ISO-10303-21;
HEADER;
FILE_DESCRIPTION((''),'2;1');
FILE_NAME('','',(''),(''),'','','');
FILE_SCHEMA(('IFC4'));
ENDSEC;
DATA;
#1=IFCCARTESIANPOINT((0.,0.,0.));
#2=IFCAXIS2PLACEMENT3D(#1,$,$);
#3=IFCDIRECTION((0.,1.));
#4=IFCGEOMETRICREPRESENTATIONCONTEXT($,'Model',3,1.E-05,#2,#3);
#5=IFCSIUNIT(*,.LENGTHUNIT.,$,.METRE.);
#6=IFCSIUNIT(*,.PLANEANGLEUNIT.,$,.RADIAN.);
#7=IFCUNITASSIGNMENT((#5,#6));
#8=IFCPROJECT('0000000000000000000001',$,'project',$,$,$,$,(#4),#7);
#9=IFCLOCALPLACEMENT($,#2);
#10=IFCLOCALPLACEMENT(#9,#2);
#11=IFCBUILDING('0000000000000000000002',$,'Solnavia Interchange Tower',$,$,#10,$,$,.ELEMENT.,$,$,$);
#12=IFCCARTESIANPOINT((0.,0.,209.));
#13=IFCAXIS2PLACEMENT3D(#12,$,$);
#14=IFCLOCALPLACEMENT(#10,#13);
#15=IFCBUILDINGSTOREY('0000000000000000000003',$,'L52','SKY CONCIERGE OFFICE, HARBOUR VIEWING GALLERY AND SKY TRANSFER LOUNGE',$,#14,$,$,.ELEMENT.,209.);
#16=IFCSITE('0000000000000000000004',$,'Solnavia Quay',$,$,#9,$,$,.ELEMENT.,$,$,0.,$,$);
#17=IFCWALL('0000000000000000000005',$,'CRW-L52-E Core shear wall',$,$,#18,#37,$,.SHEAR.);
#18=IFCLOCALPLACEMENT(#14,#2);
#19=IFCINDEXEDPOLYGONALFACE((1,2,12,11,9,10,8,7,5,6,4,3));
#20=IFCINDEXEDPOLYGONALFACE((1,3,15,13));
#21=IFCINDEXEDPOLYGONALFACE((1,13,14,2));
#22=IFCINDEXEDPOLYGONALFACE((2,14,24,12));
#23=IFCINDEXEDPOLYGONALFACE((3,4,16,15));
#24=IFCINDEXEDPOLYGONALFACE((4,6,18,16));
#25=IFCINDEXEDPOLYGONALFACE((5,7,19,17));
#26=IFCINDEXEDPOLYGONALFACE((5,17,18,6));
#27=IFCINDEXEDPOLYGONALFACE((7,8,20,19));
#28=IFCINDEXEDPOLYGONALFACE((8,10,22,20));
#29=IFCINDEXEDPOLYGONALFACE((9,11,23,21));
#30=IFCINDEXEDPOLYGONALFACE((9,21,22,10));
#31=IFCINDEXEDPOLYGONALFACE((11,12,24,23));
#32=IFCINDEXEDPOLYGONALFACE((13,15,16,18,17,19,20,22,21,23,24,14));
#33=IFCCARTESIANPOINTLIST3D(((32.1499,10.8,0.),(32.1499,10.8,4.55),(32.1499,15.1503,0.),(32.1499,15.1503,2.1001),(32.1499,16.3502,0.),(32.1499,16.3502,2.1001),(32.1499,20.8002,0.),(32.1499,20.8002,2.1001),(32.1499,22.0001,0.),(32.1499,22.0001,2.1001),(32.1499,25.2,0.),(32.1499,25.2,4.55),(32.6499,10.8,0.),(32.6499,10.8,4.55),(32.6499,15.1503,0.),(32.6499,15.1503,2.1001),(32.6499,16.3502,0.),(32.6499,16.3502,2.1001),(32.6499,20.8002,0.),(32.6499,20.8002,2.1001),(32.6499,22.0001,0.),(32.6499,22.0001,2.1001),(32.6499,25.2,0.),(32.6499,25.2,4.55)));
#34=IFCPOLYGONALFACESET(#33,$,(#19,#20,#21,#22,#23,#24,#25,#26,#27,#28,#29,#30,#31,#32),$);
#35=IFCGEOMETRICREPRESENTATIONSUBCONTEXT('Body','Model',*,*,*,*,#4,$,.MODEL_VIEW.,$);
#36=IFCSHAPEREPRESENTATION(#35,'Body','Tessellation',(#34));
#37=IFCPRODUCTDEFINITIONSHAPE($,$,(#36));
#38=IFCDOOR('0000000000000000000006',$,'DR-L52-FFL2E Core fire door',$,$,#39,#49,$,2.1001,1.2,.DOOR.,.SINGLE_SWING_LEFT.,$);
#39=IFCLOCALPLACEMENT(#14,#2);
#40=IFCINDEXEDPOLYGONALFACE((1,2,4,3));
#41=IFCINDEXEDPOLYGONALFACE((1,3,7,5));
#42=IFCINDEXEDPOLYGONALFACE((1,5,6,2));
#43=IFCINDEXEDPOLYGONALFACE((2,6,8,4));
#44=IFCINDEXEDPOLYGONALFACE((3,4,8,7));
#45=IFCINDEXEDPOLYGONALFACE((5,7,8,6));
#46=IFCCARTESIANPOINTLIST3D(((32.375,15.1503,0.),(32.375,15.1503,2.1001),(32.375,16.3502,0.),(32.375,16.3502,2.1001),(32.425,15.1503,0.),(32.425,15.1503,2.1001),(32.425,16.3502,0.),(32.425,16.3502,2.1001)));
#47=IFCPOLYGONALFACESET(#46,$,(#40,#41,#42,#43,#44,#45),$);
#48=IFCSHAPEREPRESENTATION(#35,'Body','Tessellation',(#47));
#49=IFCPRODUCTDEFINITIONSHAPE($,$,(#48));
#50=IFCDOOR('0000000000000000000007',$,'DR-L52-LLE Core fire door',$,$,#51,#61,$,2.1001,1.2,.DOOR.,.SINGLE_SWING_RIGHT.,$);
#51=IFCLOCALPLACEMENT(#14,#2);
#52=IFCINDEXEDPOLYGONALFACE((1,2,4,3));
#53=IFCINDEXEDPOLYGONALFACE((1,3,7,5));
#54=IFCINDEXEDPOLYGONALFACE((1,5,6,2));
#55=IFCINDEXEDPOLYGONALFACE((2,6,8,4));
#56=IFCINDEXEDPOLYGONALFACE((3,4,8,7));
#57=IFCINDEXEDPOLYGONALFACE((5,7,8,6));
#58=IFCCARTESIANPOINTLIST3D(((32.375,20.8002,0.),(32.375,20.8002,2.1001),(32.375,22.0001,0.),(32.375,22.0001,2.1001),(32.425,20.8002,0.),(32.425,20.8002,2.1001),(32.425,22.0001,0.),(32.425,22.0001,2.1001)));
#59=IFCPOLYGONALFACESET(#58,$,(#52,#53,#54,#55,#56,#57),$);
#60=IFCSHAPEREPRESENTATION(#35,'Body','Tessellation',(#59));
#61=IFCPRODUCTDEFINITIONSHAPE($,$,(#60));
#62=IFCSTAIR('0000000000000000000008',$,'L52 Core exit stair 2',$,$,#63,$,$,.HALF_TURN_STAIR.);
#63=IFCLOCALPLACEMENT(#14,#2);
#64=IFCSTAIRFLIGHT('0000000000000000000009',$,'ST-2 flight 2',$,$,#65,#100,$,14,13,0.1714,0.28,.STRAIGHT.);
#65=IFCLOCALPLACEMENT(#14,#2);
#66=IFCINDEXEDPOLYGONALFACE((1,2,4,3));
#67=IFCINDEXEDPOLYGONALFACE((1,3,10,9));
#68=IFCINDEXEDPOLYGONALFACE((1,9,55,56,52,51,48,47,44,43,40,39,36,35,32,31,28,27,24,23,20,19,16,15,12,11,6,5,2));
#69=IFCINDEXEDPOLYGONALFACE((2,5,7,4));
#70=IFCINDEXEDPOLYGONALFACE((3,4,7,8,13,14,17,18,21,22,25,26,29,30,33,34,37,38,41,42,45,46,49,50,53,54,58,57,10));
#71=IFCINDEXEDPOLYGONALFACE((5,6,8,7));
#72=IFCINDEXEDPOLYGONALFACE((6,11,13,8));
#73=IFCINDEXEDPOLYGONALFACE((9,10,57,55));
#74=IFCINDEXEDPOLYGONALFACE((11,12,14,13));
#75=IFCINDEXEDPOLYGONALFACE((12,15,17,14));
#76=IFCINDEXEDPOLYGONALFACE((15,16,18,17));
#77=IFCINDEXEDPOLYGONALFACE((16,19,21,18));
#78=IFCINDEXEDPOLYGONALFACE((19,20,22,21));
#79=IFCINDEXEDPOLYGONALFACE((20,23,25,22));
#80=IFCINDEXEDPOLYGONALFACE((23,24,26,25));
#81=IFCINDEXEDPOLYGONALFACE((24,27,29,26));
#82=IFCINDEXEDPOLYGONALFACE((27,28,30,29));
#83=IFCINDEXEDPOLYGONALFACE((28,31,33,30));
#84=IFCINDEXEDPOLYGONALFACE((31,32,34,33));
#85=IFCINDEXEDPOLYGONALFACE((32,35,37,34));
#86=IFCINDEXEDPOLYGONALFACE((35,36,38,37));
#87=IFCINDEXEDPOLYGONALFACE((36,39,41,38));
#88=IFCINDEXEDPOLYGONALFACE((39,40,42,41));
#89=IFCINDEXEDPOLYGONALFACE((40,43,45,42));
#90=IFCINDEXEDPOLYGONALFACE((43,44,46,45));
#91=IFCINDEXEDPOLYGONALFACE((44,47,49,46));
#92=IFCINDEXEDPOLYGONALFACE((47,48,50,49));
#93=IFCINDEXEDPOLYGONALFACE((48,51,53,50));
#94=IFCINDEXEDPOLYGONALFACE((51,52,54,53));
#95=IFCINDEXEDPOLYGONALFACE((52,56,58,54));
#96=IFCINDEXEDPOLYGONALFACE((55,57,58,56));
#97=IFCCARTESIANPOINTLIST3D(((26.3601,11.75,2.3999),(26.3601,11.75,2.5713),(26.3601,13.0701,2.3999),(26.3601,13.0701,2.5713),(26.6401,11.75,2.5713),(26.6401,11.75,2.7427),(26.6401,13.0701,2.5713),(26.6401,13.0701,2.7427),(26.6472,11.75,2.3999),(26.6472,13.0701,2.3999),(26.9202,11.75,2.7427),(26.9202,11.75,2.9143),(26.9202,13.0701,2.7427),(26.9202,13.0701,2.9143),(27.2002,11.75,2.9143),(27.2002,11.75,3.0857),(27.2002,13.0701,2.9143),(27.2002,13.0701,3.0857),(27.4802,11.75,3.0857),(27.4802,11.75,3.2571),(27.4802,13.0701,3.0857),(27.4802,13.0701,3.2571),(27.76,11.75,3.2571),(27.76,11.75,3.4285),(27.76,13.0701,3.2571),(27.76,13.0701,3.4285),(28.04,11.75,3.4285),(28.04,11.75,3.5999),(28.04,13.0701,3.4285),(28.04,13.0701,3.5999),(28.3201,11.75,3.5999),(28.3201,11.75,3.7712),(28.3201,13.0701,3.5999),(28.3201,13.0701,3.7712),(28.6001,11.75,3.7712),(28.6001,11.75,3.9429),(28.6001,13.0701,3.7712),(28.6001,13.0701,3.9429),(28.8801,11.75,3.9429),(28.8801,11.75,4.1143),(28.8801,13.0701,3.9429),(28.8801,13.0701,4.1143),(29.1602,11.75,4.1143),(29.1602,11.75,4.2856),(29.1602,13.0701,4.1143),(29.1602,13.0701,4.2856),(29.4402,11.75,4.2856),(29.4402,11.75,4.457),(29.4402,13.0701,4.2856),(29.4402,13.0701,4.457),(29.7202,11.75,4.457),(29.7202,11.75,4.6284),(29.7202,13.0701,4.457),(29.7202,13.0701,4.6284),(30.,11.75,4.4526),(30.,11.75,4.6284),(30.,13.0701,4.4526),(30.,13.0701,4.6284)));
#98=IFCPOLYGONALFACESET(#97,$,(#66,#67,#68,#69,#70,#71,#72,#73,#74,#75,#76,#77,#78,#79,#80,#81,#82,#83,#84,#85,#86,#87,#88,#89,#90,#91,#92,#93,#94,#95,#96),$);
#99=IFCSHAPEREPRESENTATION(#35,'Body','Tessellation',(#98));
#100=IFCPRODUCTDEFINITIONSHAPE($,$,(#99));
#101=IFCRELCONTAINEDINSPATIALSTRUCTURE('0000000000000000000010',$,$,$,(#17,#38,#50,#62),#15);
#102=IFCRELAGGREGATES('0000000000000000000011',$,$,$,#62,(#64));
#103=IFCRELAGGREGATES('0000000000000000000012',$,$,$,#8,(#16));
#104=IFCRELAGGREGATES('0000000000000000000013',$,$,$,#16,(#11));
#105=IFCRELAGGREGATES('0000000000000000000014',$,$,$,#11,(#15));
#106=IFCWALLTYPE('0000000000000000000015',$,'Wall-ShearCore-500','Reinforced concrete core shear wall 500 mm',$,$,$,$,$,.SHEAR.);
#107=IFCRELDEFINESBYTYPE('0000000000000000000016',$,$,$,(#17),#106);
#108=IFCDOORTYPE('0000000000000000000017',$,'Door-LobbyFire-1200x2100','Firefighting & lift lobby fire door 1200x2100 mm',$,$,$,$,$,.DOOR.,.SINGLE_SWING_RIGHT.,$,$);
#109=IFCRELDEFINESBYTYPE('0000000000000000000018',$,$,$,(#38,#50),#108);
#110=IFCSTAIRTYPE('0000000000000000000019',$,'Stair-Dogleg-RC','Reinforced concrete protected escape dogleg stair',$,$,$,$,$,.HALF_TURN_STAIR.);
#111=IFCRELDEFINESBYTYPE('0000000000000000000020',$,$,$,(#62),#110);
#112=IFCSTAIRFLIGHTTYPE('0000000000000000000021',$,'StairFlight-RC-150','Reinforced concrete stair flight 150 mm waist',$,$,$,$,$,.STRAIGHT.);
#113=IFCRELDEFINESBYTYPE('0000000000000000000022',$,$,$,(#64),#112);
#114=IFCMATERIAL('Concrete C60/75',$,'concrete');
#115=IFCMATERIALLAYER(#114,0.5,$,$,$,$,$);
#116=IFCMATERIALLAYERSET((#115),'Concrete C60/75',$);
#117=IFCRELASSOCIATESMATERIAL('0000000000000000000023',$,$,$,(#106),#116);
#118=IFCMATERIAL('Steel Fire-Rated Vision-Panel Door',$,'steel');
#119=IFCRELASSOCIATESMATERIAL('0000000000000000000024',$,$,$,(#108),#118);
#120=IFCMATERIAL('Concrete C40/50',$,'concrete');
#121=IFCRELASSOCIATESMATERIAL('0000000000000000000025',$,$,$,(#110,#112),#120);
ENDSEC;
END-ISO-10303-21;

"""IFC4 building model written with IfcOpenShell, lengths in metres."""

from ifc_helpers import new_model, si_unit, direction, frame, frame_2d, origin, place, context, subcontext, project, spatial, polyline, rectangle, outline, extrude, material, layer, layer_set, type_object, element, fill, aggregate, save


model = new_model("IFC4")

# Units and contexts
model_context = context("Model", 3, precision=1e-05, world=origin(), true_north=direction((0.0, 1.0)))
body_context = subcontext(model_context, "Body", "Model", "MODEL_VIEW")
ifc_project = project(units=[si_unit("LENGTHUNIT", "METRE"), si_unit("PLANEANGLEUNIT", "RADIAN")], contexts=[model_context])

# Site, building, storey
site_placement = place(None, origin())
site = spatial("IfcSite", under=ifc_project, at=site_placement, Name="Solnavia Quay", CompositionType="ELEMENT", RefElevation=0.0)
building_placement = place(site_placement, origin())
building = spatial("IfcBuilding", under=site, at=building_placement, Name="Solnavia Interchange Tower", CompositionType="ELEMENT")
storey_placement = place(building_placement, frame((0.0, 0.0, 209.0)))
storey = spatial("IfcBuildingStorey", under=building, at=storey_placement, Name="L52", Description="SKY CONCIERGE OFFICE, HARBOUR VIEWING GALLERY AND SKY TRANSFER LOUNGE", CompositionType="ELEMENT", Elevation=209.0)

# Shared definitions
ifc_material_1 = material(Name="Concrete C40/50", Category="concrete")

# Wall, openings, doors
ifc_material_2 = material(Name="Concrete C60/75", Category="concrete")
ifc_layer_1 = layer(ifc_material_2, 0.5)
ifc_layer_set_1 = layer_set([ifc_layer_1], Name="Concrete C60/75")
wall_type_1 = type_object("IfcWallType", Name="Wall-ShearCore-500", Description="Reinforced concrete core shear wall 500 mm", PredefinedType="SHEAR", material=ifc_layer_set_1)
wall_1_placement = place(storey_placement, frame((32.3999, 10.8, 0.0), z_axis=(0.0, 0.0, 1.0), x_axis=(0.0, 1.0, 0.0)))
wall_1 = element("IfcWall", 1, at=wall_1_placement, inside=storey, type_object=wall_type_1, Name="CRW-L52-E Core shear wall", PredefinedType="SHEAR", context=body_context, shape_type="SweptSolid", body=[
    extrude(rectangle(XDim=14.3999, YDim=0.5, at=frame_2d((7.2, 0.0))), origin(), (0.0, 0.0, 1.0), 4.55),
])
opening_1_placement = place(wall_1_placement, frame((4.3501, 0.0, 0.0)))
opening_1 = element("IfcOpeningElement", 2, at=opening_1_placement, cuts=wall_1, PredefinedType="OPENING", context=body_context, shape_type="SweptSolid", body=[
    extrude(rectangle(XDim=1.2, YDim=2.1001, at=frame_2d((0.6001, 1.05))), frame((0.0, 0.26, 0.0), z_axis=(0.0, -1.0, 0.0), x_axis=(1.0, 0.0, 0.0)), (0.0, 0.0, 1.0), 0.52),
])
opening_2_placement = place(wall_1_placement, frame((10.0, 0.0, 0.0)))
opening_2 = element("IfcOpeningElement", 3, at=opening_2_placement, cuts=wall_1, PredefinedType="OPENING", context=body_context, shape_type="SweptSolid", body=[
    extrude(rectangle(XDim=1.2, YDim=2.1001, at=frame_2d((0.6001, 1.05))), frame((0.0, 0.26, 0.0), z_axis=(0.0, -1.0, 0.0), x_axis=(1.0, 0.0, 0.0)), (0.0, 0.0, 1.0), 0.52),
])
ifc_material_3 = material(Name="Steel Fire-Rated Vision-Panel Door", Category="steel")
door_type_1 = type_object("IfcDoorType", Name="Door-LobbyFire-1200x2100", Description="Firefighting & lift lobby fire door 1200x2100 mm", OperationType="SINGLE_SWING_RIGHT", PredefinedType="DOOR", material=ifc_material_3)
door_1_placement = place(opening_1_placement, origin())
door_1 = element("IfcDoor", 4, at=door_1_placement, inside=storey, type_object=door_type_1, Name="DR-L52-FFL2E Core fire door", OperationType="SINGLE_SWING_LEFT", OverallHeight=2.1001, OverallWidth=1.2, PredefinedType="DOOR", context=body_context, shape_type="SweptSolid", body=[
    extrude(rectangle(XDim=1.2, YDim=2.1001, at=frame_2d((0.6001, 1.05))), frame((0.0, 0.0249, 0.0), z_axis=(0.0, -1.0, 0.0), x_axis=(1.0, 0.0, 0.0)), (0.0, 0.0, 1.0), 0.05),
])
fill(opening_1, door_1)
door_2_placement = place(opening_2_placement, origin())
door_2 = element("IfcDoor", 5, at=door_2_placement, inside=storey, type_object=door_type_1, Name="DR-L52-LLE Core fire door", OperationType="SINGLE_SWING_RIGHT", OverallHeight=2.1001, OverallWidth=1.2, PredefinedType="DOOR", context=body_context, shape_type="SweptSolid", body=[
    extrude(rectangle(XDim=1.2, YDim=2.1001, at=frame_2d((0.6001, 1.05))), frame((0.0, 0.0249, 0.0), z_axis=(0.0, -1.0, 0.0), x_axis=(1.0, 0.0, 0.0)), (0.0, 0.0, 1.0), 0.05),
])
fill(opening_2, door_2)

# Stair, stair flight
stair_type = type_object("IfcStairType", Name="Stair-Dogleg-RC", Description="Reinforced concrete protected escape dogleg stair", PredefinedType="HALF_TURN_STAIR", material=ifc_material_1)
stair_placement = place(storey_placement, origin())
stair = element("IfcStair", 6, at=stair_placement, inside=storey, type_object=stair_type, Name="L52 Core exit stair 2", PredefinedType="HALF_TURN_STAIR")
stair_flight_type = type_object("IfcStairFlightType", Name="StairFlight-RC-150", Description="Reinforced concrete stair flight 150 mm waist", PredefinedType="STRAIGHT", material=ifc_material_1)
stair_flight_placement = place(storey_placement, frame((26.3601, 12.4099, 2.3999), z_axis=(0.0, 0.0, 1.0), x_axis=(1.0, 0.0, 0.0)))
stair_flight = element("IfcStairFlight", 7, at=stair_flight_placement, type_object=stair_flight_type, Name="ST-2 flight 2", NumberOfRisers=14, NumberOfTreads=13, PredefinedType="STRAIGHT", RiserHeight=0.1714, TreadLength=0.28, context=body_context, shape_type="SweptSolid", body=[
    extrude(outline(polyline([(0.0, 0.0), (0.0, 0.1714), (0.28, 0.1714), (0.28, 0.3428), (0.5601, 0.3428), (0.5601, 0.5144), (0.8401, 0.5144), (0.8401, 0.6858), (1.1201, 0.6858), (1.1201, 0.8572), (1.3999, 0.8572), (1.3999, 1.0286), (1.6799, 1.0286), (1.6799, 1.2), (1.96, 1.2), (1.96, 1.3713), (2.24, 1.3713), (2.24, 1.543), (2.52, 1.543), (2.52, 1.7144), (2.8, 1.7144), (2.8, 1.8857), (3.0801, 1.8857), (3.0801, 2.0571), (3.3601, 2.0571), (3.3601, 2.2285), (3.6399, 2.2285), (3.6399, 2.3999), (3.6399, 2.0527), (0.2871, 0.0), (0.0, 0.0)])), frame((0.0, 0.6602, 0.0), z_axis=(0.0, -1.0, 0.0), x_axis=(1.0, 0.0, 0.0)), (0.0, 0.0, 1.0), 1.3201),
])
aggregate(stair, [stair_flight])

save(model, "model.ifc")
